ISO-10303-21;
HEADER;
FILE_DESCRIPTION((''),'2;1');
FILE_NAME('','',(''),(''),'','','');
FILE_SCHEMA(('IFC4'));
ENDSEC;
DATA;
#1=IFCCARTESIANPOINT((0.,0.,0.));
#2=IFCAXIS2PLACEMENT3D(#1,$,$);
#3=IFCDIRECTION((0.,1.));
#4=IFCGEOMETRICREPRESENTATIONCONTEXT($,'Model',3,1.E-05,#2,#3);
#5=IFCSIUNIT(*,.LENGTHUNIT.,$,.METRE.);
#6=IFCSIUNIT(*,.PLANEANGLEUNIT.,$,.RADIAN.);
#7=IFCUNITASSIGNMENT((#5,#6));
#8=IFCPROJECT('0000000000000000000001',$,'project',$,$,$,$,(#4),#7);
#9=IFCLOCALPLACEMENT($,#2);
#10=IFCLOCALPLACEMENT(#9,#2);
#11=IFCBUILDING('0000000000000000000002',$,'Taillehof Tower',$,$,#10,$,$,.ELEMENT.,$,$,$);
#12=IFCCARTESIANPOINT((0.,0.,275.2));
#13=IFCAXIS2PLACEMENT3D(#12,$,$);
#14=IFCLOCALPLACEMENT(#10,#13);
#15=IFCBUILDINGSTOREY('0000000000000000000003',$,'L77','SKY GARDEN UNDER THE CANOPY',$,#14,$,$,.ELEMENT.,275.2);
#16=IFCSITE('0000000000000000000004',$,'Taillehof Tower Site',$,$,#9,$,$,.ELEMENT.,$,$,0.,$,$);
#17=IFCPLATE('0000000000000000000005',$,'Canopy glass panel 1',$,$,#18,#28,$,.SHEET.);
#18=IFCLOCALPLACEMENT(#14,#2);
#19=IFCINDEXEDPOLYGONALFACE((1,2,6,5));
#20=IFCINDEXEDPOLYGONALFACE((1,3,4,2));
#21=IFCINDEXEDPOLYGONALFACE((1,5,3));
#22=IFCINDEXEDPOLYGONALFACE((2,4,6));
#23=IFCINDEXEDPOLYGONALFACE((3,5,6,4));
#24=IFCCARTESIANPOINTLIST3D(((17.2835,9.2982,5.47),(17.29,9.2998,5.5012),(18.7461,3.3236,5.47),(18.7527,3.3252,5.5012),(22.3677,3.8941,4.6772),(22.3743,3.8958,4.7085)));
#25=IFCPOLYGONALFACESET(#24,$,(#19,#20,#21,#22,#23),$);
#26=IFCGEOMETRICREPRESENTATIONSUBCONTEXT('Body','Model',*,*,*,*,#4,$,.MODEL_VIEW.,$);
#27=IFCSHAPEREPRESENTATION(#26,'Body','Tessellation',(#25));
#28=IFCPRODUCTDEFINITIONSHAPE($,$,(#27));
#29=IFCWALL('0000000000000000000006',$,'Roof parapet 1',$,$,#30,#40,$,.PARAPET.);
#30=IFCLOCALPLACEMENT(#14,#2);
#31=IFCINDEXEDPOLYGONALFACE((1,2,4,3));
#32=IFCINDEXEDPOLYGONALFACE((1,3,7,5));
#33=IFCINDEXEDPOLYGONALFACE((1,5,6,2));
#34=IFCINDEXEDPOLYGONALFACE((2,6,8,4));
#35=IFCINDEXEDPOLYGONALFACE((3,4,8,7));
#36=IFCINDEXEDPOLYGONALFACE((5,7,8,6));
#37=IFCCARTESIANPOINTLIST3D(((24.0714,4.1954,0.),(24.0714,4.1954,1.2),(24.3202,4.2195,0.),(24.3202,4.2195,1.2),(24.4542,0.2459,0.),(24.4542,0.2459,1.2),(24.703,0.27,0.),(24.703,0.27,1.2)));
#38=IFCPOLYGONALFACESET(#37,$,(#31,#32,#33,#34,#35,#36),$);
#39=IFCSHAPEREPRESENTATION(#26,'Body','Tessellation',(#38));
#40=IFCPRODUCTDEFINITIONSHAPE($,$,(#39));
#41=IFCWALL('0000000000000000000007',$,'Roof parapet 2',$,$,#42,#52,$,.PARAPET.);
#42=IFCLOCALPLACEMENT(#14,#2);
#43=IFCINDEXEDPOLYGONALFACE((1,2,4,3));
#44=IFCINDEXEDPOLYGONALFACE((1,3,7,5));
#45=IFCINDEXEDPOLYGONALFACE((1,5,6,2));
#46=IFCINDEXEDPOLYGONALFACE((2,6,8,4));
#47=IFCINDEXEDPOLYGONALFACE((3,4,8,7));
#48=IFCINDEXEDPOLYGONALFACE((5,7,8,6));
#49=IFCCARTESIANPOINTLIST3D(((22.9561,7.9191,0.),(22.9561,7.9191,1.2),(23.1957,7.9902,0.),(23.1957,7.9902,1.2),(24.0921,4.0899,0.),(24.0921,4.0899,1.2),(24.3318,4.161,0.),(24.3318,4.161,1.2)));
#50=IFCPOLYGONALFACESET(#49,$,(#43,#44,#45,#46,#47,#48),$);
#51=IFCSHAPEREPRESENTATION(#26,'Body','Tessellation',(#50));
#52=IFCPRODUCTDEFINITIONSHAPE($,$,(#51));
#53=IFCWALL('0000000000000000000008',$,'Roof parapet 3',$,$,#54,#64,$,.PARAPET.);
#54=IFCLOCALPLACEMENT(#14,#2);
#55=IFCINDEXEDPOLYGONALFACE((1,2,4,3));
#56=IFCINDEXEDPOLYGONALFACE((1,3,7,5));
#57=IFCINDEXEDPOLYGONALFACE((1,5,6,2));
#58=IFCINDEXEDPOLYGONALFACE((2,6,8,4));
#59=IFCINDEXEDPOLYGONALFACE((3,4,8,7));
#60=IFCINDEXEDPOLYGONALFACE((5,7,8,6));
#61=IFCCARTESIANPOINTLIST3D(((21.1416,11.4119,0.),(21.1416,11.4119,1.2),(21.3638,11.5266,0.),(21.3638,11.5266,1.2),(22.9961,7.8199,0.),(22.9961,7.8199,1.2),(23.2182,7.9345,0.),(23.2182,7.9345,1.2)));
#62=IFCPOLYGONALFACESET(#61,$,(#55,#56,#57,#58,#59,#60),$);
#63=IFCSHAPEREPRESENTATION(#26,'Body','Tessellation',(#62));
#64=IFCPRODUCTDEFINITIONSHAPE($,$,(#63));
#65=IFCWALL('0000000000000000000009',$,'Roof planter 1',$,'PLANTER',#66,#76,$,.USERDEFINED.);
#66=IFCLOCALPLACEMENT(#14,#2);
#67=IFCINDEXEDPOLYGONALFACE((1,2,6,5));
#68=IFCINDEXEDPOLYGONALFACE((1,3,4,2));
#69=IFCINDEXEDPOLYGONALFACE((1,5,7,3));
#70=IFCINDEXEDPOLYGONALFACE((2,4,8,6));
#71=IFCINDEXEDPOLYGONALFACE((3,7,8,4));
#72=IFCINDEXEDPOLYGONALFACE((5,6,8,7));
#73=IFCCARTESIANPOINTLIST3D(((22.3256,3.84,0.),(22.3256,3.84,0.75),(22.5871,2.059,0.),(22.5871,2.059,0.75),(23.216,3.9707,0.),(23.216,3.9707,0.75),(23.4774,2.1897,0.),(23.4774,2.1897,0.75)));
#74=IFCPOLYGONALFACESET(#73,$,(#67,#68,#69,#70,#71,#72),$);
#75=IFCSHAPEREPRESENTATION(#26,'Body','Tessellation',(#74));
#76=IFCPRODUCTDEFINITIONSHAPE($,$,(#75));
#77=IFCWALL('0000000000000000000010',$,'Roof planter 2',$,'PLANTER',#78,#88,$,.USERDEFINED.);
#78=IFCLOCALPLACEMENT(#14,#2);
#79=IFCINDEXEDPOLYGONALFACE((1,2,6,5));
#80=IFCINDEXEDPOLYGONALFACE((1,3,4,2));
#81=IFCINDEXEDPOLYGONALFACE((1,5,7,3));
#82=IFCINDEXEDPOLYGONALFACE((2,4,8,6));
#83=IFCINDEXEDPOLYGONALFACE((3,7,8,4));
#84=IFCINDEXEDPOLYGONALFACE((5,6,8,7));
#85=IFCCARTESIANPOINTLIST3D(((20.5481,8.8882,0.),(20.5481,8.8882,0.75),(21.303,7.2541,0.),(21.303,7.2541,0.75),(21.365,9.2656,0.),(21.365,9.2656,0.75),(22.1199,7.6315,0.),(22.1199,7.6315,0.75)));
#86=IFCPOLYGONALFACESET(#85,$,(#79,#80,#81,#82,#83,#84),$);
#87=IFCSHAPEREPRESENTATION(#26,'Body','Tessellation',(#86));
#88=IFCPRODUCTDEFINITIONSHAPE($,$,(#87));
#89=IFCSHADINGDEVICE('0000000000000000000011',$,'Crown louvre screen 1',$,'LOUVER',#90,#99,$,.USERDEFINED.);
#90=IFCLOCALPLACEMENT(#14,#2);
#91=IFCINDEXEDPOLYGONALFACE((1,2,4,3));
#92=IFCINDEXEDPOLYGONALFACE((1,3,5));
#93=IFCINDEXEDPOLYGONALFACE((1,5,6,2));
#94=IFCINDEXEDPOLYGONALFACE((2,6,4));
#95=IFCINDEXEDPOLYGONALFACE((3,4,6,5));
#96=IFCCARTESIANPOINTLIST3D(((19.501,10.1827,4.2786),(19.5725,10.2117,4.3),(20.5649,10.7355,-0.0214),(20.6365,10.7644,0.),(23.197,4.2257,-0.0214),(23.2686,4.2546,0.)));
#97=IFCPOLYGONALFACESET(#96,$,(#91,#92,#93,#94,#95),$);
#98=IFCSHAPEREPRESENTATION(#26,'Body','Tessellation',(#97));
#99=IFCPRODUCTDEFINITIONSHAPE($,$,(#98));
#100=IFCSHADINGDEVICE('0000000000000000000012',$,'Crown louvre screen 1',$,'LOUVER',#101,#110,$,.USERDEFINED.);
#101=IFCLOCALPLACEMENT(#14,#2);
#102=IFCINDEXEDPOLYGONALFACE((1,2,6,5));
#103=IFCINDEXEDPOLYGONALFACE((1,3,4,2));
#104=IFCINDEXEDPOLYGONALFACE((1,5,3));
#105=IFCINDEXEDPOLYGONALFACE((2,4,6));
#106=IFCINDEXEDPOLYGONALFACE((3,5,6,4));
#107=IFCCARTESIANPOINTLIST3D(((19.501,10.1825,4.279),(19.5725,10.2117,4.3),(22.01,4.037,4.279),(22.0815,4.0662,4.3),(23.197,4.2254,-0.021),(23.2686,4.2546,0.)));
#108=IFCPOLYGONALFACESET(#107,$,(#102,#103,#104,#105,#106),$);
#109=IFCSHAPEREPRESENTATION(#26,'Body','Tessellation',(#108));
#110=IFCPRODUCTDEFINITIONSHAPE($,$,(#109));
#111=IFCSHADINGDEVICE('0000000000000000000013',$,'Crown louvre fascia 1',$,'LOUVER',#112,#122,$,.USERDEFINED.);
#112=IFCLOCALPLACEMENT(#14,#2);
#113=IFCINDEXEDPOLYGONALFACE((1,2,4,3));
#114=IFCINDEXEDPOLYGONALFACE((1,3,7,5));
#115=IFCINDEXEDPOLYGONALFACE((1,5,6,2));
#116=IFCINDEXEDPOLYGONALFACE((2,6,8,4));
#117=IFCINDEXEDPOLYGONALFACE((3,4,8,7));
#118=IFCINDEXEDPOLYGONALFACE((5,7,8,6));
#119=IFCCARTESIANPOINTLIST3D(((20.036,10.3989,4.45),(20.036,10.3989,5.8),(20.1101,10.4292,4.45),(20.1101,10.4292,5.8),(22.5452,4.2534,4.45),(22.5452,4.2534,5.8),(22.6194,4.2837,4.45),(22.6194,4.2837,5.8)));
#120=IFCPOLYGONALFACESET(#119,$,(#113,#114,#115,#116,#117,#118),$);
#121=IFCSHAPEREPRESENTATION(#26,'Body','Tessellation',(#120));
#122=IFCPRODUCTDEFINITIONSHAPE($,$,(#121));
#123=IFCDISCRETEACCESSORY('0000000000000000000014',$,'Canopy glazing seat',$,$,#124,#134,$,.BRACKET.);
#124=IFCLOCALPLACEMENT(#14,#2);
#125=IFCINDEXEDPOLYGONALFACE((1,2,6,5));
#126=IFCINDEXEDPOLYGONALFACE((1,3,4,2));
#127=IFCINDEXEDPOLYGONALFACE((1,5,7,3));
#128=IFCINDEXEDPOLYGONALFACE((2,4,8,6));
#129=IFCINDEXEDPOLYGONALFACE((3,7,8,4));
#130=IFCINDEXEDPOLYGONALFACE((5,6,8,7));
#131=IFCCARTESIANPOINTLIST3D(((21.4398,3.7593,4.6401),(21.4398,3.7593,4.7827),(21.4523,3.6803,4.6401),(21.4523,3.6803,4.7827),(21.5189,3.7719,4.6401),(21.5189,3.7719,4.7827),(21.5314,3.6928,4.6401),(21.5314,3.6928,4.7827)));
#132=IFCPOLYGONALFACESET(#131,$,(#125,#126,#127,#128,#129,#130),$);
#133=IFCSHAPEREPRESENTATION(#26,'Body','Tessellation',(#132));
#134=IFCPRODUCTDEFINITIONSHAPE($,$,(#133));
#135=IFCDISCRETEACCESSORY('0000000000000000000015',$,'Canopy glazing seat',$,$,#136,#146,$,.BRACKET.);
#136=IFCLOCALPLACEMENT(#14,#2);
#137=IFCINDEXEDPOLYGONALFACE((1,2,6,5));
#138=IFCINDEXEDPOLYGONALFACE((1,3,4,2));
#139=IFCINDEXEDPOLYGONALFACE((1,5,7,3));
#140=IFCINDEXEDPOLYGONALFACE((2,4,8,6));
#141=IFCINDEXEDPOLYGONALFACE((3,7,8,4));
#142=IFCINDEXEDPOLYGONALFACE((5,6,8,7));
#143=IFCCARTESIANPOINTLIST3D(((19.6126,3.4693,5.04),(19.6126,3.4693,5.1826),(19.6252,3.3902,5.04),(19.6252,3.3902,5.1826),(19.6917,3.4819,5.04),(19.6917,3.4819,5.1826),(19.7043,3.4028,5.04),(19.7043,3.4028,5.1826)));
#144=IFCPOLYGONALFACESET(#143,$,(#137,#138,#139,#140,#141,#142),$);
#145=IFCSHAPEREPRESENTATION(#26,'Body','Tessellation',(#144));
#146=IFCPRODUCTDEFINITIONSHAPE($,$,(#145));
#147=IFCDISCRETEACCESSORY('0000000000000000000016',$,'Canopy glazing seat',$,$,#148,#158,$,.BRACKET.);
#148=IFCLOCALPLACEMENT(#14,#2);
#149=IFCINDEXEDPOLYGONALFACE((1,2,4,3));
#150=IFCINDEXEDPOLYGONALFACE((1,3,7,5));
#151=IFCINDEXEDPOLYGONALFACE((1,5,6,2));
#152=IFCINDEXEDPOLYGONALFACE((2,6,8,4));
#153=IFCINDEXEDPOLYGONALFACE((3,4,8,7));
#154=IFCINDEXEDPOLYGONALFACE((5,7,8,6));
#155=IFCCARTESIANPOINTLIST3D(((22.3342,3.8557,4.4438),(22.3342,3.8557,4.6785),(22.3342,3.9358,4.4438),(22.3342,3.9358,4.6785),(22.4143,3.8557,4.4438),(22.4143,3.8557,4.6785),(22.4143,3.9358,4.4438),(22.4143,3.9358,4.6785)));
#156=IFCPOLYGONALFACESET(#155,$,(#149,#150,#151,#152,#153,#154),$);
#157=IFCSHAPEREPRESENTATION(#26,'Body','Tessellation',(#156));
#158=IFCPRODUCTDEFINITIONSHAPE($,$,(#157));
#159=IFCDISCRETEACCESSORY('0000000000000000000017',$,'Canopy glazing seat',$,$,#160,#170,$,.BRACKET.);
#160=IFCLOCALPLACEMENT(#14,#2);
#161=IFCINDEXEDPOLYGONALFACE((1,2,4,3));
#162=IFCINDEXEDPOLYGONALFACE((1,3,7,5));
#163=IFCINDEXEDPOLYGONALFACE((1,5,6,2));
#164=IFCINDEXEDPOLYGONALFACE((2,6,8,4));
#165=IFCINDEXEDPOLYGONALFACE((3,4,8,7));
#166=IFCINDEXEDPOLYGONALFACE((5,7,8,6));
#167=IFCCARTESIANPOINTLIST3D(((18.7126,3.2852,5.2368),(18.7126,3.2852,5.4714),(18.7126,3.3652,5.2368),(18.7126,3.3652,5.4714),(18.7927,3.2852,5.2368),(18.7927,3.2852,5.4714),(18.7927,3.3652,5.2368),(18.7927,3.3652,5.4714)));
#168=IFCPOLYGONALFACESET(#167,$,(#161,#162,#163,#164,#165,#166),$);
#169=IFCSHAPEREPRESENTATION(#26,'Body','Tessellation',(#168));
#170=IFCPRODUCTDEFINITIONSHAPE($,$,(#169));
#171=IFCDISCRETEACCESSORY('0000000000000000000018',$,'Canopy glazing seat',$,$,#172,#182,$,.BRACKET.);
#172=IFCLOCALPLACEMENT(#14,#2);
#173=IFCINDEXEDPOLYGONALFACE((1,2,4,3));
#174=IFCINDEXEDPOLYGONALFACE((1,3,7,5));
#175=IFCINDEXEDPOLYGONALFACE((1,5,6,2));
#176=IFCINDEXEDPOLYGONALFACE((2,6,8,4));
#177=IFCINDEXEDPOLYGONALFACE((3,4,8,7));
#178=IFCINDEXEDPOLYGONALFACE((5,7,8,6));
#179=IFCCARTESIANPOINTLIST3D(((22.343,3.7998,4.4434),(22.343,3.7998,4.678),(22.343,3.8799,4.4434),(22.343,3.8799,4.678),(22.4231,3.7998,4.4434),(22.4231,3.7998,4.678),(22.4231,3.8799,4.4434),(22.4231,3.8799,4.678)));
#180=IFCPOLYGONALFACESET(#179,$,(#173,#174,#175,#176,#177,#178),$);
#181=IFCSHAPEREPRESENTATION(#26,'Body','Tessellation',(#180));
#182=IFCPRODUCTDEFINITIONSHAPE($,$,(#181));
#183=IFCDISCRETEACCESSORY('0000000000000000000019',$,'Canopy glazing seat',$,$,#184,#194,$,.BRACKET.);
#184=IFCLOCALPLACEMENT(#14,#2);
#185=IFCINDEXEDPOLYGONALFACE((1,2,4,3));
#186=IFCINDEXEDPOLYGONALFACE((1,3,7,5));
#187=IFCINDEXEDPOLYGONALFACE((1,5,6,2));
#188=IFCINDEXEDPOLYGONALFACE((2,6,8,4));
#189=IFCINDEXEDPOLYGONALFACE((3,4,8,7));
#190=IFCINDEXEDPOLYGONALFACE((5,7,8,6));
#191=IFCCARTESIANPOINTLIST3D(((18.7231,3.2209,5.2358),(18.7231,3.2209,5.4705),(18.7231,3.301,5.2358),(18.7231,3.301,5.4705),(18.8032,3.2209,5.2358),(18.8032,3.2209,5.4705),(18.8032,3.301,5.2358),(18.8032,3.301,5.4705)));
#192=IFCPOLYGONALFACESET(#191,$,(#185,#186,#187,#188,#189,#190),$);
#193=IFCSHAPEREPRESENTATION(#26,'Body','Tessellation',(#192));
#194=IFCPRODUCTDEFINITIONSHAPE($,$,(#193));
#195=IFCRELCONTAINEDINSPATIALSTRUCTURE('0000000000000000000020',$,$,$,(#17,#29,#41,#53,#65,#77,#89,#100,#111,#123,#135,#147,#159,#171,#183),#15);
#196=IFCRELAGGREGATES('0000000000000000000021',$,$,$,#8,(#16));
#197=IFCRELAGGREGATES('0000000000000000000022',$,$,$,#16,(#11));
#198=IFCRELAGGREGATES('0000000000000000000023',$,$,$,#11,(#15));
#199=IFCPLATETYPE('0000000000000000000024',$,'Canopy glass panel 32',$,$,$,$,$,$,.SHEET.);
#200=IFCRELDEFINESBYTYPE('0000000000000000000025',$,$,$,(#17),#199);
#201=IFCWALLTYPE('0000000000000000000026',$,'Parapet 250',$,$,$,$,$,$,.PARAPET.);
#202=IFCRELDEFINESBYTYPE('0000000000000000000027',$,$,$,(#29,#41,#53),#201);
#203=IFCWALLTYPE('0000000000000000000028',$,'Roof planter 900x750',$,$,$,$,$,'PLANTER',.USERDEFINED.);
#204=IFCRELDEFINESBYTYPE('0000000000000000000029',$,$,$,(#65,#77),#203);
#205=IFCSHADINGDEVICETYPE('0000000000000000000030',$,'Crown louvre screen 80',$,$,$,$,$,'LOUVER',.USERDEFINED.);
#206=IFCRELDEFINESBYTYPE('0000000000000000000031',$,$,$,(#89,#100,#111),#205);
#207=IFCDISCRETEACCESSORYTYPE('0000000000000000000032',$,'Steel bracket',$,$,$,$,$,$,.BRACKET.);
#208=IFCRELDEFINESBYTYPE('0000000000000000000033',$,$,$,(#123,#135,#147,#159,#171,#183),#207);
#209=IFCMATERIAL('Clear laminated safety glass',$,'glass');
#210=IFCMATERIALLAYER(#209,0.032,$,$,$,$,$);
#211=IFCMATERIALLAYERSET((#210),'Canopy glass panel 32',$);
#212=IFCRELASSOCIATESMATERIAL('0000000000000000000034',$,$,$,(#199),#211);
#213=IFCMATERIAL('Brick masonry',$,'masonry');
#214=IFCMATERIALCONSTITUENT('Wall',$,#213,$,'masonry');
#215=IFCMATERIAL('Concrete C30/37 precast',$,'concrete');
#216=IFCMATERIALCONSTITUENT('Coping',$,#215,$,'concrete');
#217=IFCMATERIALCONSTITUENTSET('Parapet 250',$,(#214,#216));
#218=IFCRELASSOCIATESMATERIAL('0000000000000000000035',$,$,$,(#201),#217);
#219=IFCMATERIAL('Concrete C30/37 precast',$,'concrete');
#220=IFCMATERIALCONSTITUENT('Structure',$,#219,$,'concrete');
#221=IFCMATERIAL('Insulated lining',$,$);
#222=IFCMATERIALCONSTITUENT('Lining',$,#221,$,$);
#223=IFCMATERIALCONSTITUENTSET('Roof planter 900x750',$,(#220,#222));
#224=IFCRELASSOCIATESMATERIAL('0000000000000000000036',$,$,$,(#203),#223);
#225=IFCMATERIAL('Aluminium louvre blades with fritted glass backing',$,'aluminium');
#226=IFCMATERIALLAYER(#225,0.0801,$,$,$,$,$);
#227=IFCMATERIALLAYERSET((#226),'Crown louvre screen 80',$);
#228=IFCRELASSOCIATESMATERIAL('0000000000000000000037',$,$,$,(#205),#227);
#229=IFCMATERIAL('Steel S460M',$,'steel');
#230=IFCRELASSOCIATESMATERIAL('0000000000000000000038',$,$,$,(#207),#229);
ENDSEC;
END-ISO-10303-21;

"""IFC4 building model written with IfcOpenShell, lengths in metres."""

from ifc_helpers import new_model, si_unit, direction, frame, frame_2d, origin, origin_2d, place, context, subcontext, project, spatial, polyline, rectangle, outline, extrude, material, layer, layer_set, constituent, constituent_set, type_object, element, save


model = new_model("IFC4")

# Units and contexts
model_context = context("Model", 3, precision=1e-05, world=origin(), true_north=direction((0.0, 1.0)))
body_context = subcontext(model_context, "Body", "Model", "MODEL_VIEW")
ifc_project = project(units=[si_unit("LENGTHUNIT", "METRE"), si_unit("PLANEANGLEUNIT", "RADIAN")], contexts=[model_context])

# Site, building, storey
site_placement = place(None, origin())
site = spatial("IfcSite", under=ifc_project, at=site_placement, Name="Taillehof Tower Site", CompositionType="ELEMENT", RefElevation=0.0)
building_placement = place(site_placement, origin())
building = spatial("IfcBuilding", under=site, at=building_placement, Name="Taillehof Tower", CompositionType="ELEMENT")
storey_placement = place(building_placement, frame((0.0, 0.0, 275.2)))
storey = spatial("IfcBuildingStorey", under=building, at=storey_placement, Name="L77", Description="SKY GARDEN UNDER THE CANOPY", CompositionType="ELEMENT", Elevation=275.2)

# Plate
ifc_material_1 = material(Name="Clear laminated safety glass", Category="glass")
ifc_layer_1 = layer(ifc_material_1, 0.032)
ifc_layer_set_1 = layer_set([ifc_layer_1], Name="Canopy glass panel 32")
plate_type = type_object("IfcPlateType", Name="Canopy glass panel 32", PredefinedType="SHEET", material=ifc_layer_set_1)
plate_1_placement = place(storey_placement, frame((22.3743, 3.8958, 4.7085), z_axis=(0.205967, 0.050423, 0.977259), x_axis=(-0.681348, 0.724209, 0.106235)))
element("IfcPlate", 1, at=plate_1_placement, inside=storey, type_object=plate_type, Name="Canopy glass panel 1", PredefinedType="SHEET", context=body_context, shape_type="SweptSolid", body=[
    extrude(outline(polyline([(0.0, 0.0), (7.462, 0.0), (2.1386, 3.0816), (0.0, 0.0)])), origin(), (0.0, 0.0, -1.0), 0.032),
])

# Walls
ifc_material_2 = material(Name="Brick masonry", Category="masonry")
ifc_constituent_1 = constituent(ifc_material_2, Name="Wall", Category="masonry")
ifc_material_3 = material(Name="Concrete C30/37 precast", Category="concrete")
ifc_constituent_2 = constituent(ifc_material_3, Name="Coping", Category="concrete")
ifc_constituent_set_1 = constituent_set(constituents=[ifc_constituent_1, ifc_constituent_2], Name="Parapet 250")
wall_type_1 = type_object("IfcWallType", Name="Parapet 250", PredefinedType="PARAPET", material=ifc_constituent_set_1)
wall_1_placement = place(storey_placement, frame((24.5786, 0.2581, 0.0), z_axis=(0.0, 0.0, 1.0), x_axis=(-0.096476, 0.995335, 0.0)))
element("IfcWall", 2, at=wall_1_placement, inside=storey, type_object=wall_type_1, Name="Roof parapet 1", PredefinedType="PARAPET", context=body_context, shape_type="SweptSolid", body=[
    extrude(rectangle(XDim=3.968, YDim=0.25, at=frame_2d((1.9839, 0.0))), origin(), (0.0, 0.0, 1.0), 1.2),
])
wall_2_placement = place(storey_placement, frame((24.2119, 4.1255, 0.0), z_axis=(0.0, 0.0, 1.0), x_axis=(-0.284419, 0.9587, 0.0)))
element("IfcWall", 3, at=wall_2_placement, inside=storey, type_object=wall_type_1, Name="Roof parapet 2", PredefinedType="PARAPET", context=body_context, shape_type="SweptSolid", body=[
    extrude(rectangle(XDim=3.9941, YDim=0.25, at=frame_2d((1.9971, 0.0))), origin(), (0.0, 0.0, 1.0), 1.2),
])
wall_3_placement = place(storey_placement, frame((23.1072, 7.8772, 0.0), z_axis=(0.0, 0.0, 1.0), x_axis=(-0.458748, 0.888567, 0.0)))
element("IfcWall", 4, at=wall_3_placement, inside=storey, type_object=wall_type_1, Name="Roof parapet 3", PredefinedType="PARAPET", context=body_context, shape_type="SweptSolid", body=[
    extrude(rectangle(XDim=4.0425, YDim=0.25, at=frame_2d((2.0212, 0.0))), origin(), (0.0, 0.0, 1.0), 1.2),
])
ifc_material_4 = material(Name="Concrete C30/37 precast", Category="concrete")
ifc_constituent_3 = constituent(ifc_material_4, Name="Structure", Category="concrete")
ifc_material_5 = material(Name="Insulated lining")
ifc_constituent_4 = constituent(ifc_material_5, Name="Lining")
ifc_constituent_set_2 = constituent_set(constituents=[ifc_constituent_3, ifc_constituent_4], Name="Roof planter 900x750")
wall_type_2 = type_object("IfcWallType", Name="Roof planter 900x750", ElementType="PLANTER", PredefinedType="USERDEFINED", material=ifc_constituent_set_2)
for number, where, z_axis, x_axis, name in (
    (5, (23.0322, 2.1245, 0.0), (0.0, 0.0, 1.0), (-0.145256, 0.989394, 0.0), "Roof planter 1"),
    (6, (21.7114, 7.4429, 0.0), (0.0, 0.0, 1.0), (-0.419385, 0.907808, 0.0), "Roof planter 2"),
):
    element("IfcWall", number, at=place(storey_placement, frame(where, z_axis=z_axis, x_axis=x_axis)), inside=storey, type_object=wall_type_2, Name=name, ObjectType="PLANTER", PredefinedType="USERDEFINED", context=body_context, shape_type="SweptSolid", body=[
        extrude(rectangle(XDim=1.8, YDim=0.8999, at=frame_2d((0.8999, 0.0))), origin(), (0.0, 0.0, 1.0), 0.75),
    ])

# Shading devices
ifc_material_6 = material(Name="Aluminium louvre blades with fritted glass backing", Category="aluminium")
ifc_layer_2 = layer(ifc_material_6, 0.0801)
ifc_layer_set_2 = layer_set([ifc_layer_2], Name="Crown louvre screen 80")
shading_device_type = type_object("IfcShadingDeviceType", Name="Crown louvre screen 80", ElementType="LOUVER", PredefinedType="USERDEFINED", material=ifc_layer_set_2)
shading_device_1_placement = place(storey_placement, frame((23.2686, 4.2546, 0.0), z_axis=(0.893312, 0.361191, 0.267461), x_axis=(-0.374847, 0.927087, 0.0)))
element("IfcShadingDevice", 7, at=shading_device_1_placement, inside=storey, type_object=shading_device_type, Name="Crown louvre screen 1", ObjectType="LOUVER", PredefinedType="USERDEFINED", context=body_context, shape_type="SweptSolid", body=[
    extrude(outline(polyline([(0.0, 0.0), (7.0217, 0.0), (6.9081, 4.4626), (0.0, 0.0)])), origin(), (0.0, 0.0, -1.0), 0.0801),
])
shading_device_2_placement = place(storey_placement, frame((23.2686, 4.2546, 0.0), z_axis=(0.893325, 0.364719, 0.262585), x_axis=(-0.449411, 0.72433, 0.522853)))
element("IfcShadingDevice", 8, at=shading_device_2_placement, inside=storey, type_object=shading_device_type, Name="Crown louvre screen 1", ObjectType="LOUVER", PredefinedType="USERDEFINED", context=body_context, shape_type="SweptSolid", body=[
    extrude(outline(polyline([(0.0, 0.0), (8.2242, 0.0), (2.6452, 3.5969), (0.0, 0.0)])), origin(), (0.0, 0.0, -1.0), 0.0801),
])
shading_device_3_placement = place(storey_placement, frame((22.6194, 4.2837, 4.45), z_axis=(0.9258, 0.378014, 0.0), x_axis=(-0.378014, 0.9258, 0.0)))
element("IfcShadingDevice", 9, at=shading_device_3_placement, inside=storey, type_object=shading_device_type, Name="Crown louvre fascia 1", ObjectType="LOUVER", PredefinedType="USERDEFINED", context=body_context, shape_type="SweptSolid", body=[
    extrude(outline(polyline([(0.0, 0.0), (6.6381, 0.0), (6.6381, 1.3501), (0.0, 1.3501), (0.0, 0.0)])), origin(), (0.0, 0.0, -1.0), 0.0801),
])

# Discrete accessories
ifc_material_7 = material(Name="Steel S460M", Category="steel")
discrete_accessory_type_1 = type_object("IfcDiscreteAccessoryType", Name="Steel bracket", PredefinedType="BRACKET", material=ifc_material_7)
for number, where, z_axis, x_axis, name in (
    (10, (21.4856, 3.7261, 4.6401), (0.0, 0.0, 1.0), (-0.987636, -0.156767, 0.0), "Canopy glazing seat"),
    (11, (19.6584, 3.436, 5.04), (0.0, 0.0, 1.0), (-0.987636, -0.156767, 0.0), "Canopy glazing seat"),
):
    element("IfcDiscreteAccessory", number, at=place(storey_placement, frame(where, z_axis=z_axis, x_axis=x_axis)), inside=storey, type_object=discrete_accessory_type_1, Name=name, PredefinedType="BRACKET", context=body_context, shape_type="SweptSolid", body=[
        extrude(rectangle(XDim=0.0801, YDim=0.0801, at=origin_2d()), origin(), (0.0, 0.0, 1.0), 0.1426),
    ])
for number, where, z_axis, x_axis, name in (
    (12, (22.3743, 3.8958, 4.4438), (0.0, 0.0, 1.0), (1.0, 0.0, 0.0), "Canopy glazing seat"),
    (13, (18.7527, 3.3252, 5.2368), (0.0, 0.0, 1.0), (1.0, 0.0, 0.0), "Canopy glazing seat"),
    (14, (22.3831, 3.8398, 4.4434), (0.0, 0.0, 1.0), (1.0, 0.0, 0.0), "Canopy glazing seat"),
    (15, (18.7632, 3.261, 5.2358), (0.0, 0.0, 1.0), (1.0, 0.0, 0.0), "Canopy glazing seat"),
):
    element("IfcDiscreteAccessory", number, at=place(storey_placement, frame(where, z_axis=z_axis, x_axis=x_axis)), inside=storey, type_object=discrete_accessory_type_1, Name=name, PredefinedType="BRACKET", context=body_context, shape_type="SweptSolid", body=[
        extrude(rectangle(XDim=0.0801, YDim=0.0801, at=origin_2d()), origin(), (0.0, 0.0, 1.0), 0.2346),
    ])

save(model, "model.ifc")
